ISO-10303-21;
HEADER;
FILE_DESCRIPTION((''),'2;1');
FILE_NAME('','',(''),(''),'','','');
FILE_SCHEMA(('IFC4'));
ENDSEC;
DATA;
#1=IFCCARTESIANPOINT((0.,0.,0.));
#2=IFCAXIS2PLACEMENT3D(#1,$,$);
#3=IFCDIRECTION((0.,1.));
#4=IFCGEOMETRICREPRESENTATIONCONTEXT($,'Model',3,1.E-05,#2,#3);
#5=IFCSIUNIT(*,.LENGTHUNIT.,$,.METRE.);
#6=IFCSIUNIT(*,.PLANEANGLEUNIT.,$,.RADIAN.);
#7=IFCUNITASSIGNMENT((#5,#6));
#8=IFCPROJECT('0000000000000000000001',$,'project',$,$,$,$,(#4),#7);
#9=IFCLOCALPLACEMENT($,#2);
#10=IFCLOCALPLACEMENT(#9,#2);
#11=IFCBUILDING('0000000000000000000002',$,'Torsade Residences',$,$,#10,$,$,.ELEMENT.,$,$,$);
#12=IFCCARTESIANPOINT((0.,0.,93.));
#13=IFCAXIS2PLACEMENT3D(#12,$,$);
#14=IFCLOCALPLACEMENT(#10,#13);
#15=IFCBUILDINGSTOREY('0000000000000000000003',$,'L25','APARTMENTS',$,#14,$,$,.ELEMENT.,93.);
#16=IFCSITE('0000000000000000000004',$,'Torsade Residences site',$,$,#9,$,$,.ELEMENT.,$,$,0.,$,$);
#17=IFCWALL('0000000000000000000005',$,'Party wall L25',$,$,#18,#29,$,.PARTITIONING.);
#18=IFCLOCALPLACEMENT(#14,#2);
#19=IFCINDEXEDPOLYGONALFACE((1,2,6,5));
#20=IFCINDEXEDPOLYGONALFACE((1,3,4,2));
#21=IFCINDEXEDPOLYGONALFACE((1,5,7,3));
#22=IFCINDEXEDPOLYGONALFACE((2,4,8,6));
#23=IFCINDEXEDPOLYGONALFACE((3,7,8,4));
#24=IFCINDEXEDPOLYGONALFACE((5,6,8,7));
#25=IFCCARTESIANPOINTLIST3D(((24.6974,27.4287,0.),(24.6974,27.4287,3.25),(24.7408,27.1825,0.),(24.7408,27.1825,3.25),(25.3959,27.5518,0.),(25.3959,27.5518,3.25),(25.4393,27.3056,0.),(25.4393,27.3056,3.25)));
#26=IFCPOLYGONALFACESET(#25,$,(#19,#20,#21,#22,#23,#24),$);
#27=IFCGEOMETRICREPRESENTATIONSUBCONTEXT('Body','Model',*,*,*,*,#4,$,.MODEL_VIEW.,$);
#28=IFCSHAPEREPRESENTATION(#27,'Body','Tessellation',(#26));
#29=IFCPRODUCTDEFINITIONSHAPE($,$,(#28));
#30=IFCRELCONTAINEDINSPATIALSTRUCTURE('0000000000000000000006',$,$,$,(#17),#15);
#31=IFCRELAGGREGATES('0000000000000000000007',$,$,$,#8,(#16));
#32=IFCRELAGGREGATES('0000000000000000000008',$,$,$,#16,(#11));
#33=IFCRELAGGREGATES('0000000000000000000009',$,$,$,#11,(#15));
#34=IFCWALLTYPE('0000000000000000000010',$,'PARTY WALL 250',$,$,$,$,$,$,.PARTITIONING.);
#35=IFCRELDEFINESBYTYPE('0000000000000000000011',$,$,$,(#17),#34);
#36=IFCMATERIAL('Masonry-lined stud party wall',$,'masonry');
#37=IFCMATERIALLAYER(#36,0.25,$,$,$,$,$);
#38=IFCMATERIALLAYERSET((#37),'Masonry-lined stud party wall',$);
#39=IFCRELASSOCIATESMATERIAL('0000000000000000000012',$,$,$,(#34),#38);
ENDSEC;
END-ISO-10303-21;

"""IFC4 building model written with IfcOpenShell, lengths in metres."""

from ifc_helpers import new_model, si_unit, direction, frame, frame_2d, origin, place, context, subcontext, project, spatial, rectangle, extrude, material, layer, layer_set, type_object, element, save


model = new_model("IFC4")

# Units and contexts
model_context = context("Model", 3, precision=1e-05, world=origin(), true_north=direction((0.0, 1.0)))
body_context = subcontext(model_context, "Body", "Model", "MODEL_VIEW")
ifc_project = project(units=[si_unit("LENGTHUNIT", "METRE"), si_unit("PLANEANGLEUNIT", "RADIAN")], contexts=[model_context])

# Site, building, storey
site_placement = place(None, origin())
site = spatial("IfcSite", under=ifc_project, at=site_placement, Name="Torsade Residences site", CompositionType="ELEMENT", RefElevation=0.0)
building_placement = place(site_placement, origin())
building = spatial("IfcBuilding", under=site, at=building_placement, Name="Torsade Residences", CompositionType="ELEMENT")
storey_placement = place(building_placement, frame((0.0, 0.0, 93.0)))
storey = spatial("IfcBuildingStorey", under=building, at=storey_placement, Name="L25", Description="APARTMENTS", CompositionType="ELEMENT", Elevation=93.0)

# Wall
ifc_material_1 = material(Name="Masonry-lined stud party wall", Category="masonry")
ifc_layer_1 = layer(ifc_material_1, 0.25)
ifc_layer_set_1 = layer_set([ifc_layer_1], Name="Masonry-lined stud party wall")
wall_type_1 = type_object("IfcWallType", Name="PARTY WALL 250", PredefinedType="PARTITIONING", material=ifc_layer_set_1)
wall_1_placement = place(storey_placement, frame((24.7192, 27.3057, 0.0), z_axis=(0.0, 0.0, 1.0), x_axis=(0.984835, 0.173491, 0.0)))
element("IfcWall", 1, at=wall_1_placement, inside=storey, type_object=wall_type_1, Name="Party wall L25", PredefinedType="PARTITIONING", context=body_context, shape_type="SweptSolid", body=[
    extrude(rectangle(XDim=0.7092, YDim=0.25, at=frame_2d((0.3545, 0.0))), origin(), (0.0, 0.0, 1.0), 3.25),
])

save(model, "model.ifc")
